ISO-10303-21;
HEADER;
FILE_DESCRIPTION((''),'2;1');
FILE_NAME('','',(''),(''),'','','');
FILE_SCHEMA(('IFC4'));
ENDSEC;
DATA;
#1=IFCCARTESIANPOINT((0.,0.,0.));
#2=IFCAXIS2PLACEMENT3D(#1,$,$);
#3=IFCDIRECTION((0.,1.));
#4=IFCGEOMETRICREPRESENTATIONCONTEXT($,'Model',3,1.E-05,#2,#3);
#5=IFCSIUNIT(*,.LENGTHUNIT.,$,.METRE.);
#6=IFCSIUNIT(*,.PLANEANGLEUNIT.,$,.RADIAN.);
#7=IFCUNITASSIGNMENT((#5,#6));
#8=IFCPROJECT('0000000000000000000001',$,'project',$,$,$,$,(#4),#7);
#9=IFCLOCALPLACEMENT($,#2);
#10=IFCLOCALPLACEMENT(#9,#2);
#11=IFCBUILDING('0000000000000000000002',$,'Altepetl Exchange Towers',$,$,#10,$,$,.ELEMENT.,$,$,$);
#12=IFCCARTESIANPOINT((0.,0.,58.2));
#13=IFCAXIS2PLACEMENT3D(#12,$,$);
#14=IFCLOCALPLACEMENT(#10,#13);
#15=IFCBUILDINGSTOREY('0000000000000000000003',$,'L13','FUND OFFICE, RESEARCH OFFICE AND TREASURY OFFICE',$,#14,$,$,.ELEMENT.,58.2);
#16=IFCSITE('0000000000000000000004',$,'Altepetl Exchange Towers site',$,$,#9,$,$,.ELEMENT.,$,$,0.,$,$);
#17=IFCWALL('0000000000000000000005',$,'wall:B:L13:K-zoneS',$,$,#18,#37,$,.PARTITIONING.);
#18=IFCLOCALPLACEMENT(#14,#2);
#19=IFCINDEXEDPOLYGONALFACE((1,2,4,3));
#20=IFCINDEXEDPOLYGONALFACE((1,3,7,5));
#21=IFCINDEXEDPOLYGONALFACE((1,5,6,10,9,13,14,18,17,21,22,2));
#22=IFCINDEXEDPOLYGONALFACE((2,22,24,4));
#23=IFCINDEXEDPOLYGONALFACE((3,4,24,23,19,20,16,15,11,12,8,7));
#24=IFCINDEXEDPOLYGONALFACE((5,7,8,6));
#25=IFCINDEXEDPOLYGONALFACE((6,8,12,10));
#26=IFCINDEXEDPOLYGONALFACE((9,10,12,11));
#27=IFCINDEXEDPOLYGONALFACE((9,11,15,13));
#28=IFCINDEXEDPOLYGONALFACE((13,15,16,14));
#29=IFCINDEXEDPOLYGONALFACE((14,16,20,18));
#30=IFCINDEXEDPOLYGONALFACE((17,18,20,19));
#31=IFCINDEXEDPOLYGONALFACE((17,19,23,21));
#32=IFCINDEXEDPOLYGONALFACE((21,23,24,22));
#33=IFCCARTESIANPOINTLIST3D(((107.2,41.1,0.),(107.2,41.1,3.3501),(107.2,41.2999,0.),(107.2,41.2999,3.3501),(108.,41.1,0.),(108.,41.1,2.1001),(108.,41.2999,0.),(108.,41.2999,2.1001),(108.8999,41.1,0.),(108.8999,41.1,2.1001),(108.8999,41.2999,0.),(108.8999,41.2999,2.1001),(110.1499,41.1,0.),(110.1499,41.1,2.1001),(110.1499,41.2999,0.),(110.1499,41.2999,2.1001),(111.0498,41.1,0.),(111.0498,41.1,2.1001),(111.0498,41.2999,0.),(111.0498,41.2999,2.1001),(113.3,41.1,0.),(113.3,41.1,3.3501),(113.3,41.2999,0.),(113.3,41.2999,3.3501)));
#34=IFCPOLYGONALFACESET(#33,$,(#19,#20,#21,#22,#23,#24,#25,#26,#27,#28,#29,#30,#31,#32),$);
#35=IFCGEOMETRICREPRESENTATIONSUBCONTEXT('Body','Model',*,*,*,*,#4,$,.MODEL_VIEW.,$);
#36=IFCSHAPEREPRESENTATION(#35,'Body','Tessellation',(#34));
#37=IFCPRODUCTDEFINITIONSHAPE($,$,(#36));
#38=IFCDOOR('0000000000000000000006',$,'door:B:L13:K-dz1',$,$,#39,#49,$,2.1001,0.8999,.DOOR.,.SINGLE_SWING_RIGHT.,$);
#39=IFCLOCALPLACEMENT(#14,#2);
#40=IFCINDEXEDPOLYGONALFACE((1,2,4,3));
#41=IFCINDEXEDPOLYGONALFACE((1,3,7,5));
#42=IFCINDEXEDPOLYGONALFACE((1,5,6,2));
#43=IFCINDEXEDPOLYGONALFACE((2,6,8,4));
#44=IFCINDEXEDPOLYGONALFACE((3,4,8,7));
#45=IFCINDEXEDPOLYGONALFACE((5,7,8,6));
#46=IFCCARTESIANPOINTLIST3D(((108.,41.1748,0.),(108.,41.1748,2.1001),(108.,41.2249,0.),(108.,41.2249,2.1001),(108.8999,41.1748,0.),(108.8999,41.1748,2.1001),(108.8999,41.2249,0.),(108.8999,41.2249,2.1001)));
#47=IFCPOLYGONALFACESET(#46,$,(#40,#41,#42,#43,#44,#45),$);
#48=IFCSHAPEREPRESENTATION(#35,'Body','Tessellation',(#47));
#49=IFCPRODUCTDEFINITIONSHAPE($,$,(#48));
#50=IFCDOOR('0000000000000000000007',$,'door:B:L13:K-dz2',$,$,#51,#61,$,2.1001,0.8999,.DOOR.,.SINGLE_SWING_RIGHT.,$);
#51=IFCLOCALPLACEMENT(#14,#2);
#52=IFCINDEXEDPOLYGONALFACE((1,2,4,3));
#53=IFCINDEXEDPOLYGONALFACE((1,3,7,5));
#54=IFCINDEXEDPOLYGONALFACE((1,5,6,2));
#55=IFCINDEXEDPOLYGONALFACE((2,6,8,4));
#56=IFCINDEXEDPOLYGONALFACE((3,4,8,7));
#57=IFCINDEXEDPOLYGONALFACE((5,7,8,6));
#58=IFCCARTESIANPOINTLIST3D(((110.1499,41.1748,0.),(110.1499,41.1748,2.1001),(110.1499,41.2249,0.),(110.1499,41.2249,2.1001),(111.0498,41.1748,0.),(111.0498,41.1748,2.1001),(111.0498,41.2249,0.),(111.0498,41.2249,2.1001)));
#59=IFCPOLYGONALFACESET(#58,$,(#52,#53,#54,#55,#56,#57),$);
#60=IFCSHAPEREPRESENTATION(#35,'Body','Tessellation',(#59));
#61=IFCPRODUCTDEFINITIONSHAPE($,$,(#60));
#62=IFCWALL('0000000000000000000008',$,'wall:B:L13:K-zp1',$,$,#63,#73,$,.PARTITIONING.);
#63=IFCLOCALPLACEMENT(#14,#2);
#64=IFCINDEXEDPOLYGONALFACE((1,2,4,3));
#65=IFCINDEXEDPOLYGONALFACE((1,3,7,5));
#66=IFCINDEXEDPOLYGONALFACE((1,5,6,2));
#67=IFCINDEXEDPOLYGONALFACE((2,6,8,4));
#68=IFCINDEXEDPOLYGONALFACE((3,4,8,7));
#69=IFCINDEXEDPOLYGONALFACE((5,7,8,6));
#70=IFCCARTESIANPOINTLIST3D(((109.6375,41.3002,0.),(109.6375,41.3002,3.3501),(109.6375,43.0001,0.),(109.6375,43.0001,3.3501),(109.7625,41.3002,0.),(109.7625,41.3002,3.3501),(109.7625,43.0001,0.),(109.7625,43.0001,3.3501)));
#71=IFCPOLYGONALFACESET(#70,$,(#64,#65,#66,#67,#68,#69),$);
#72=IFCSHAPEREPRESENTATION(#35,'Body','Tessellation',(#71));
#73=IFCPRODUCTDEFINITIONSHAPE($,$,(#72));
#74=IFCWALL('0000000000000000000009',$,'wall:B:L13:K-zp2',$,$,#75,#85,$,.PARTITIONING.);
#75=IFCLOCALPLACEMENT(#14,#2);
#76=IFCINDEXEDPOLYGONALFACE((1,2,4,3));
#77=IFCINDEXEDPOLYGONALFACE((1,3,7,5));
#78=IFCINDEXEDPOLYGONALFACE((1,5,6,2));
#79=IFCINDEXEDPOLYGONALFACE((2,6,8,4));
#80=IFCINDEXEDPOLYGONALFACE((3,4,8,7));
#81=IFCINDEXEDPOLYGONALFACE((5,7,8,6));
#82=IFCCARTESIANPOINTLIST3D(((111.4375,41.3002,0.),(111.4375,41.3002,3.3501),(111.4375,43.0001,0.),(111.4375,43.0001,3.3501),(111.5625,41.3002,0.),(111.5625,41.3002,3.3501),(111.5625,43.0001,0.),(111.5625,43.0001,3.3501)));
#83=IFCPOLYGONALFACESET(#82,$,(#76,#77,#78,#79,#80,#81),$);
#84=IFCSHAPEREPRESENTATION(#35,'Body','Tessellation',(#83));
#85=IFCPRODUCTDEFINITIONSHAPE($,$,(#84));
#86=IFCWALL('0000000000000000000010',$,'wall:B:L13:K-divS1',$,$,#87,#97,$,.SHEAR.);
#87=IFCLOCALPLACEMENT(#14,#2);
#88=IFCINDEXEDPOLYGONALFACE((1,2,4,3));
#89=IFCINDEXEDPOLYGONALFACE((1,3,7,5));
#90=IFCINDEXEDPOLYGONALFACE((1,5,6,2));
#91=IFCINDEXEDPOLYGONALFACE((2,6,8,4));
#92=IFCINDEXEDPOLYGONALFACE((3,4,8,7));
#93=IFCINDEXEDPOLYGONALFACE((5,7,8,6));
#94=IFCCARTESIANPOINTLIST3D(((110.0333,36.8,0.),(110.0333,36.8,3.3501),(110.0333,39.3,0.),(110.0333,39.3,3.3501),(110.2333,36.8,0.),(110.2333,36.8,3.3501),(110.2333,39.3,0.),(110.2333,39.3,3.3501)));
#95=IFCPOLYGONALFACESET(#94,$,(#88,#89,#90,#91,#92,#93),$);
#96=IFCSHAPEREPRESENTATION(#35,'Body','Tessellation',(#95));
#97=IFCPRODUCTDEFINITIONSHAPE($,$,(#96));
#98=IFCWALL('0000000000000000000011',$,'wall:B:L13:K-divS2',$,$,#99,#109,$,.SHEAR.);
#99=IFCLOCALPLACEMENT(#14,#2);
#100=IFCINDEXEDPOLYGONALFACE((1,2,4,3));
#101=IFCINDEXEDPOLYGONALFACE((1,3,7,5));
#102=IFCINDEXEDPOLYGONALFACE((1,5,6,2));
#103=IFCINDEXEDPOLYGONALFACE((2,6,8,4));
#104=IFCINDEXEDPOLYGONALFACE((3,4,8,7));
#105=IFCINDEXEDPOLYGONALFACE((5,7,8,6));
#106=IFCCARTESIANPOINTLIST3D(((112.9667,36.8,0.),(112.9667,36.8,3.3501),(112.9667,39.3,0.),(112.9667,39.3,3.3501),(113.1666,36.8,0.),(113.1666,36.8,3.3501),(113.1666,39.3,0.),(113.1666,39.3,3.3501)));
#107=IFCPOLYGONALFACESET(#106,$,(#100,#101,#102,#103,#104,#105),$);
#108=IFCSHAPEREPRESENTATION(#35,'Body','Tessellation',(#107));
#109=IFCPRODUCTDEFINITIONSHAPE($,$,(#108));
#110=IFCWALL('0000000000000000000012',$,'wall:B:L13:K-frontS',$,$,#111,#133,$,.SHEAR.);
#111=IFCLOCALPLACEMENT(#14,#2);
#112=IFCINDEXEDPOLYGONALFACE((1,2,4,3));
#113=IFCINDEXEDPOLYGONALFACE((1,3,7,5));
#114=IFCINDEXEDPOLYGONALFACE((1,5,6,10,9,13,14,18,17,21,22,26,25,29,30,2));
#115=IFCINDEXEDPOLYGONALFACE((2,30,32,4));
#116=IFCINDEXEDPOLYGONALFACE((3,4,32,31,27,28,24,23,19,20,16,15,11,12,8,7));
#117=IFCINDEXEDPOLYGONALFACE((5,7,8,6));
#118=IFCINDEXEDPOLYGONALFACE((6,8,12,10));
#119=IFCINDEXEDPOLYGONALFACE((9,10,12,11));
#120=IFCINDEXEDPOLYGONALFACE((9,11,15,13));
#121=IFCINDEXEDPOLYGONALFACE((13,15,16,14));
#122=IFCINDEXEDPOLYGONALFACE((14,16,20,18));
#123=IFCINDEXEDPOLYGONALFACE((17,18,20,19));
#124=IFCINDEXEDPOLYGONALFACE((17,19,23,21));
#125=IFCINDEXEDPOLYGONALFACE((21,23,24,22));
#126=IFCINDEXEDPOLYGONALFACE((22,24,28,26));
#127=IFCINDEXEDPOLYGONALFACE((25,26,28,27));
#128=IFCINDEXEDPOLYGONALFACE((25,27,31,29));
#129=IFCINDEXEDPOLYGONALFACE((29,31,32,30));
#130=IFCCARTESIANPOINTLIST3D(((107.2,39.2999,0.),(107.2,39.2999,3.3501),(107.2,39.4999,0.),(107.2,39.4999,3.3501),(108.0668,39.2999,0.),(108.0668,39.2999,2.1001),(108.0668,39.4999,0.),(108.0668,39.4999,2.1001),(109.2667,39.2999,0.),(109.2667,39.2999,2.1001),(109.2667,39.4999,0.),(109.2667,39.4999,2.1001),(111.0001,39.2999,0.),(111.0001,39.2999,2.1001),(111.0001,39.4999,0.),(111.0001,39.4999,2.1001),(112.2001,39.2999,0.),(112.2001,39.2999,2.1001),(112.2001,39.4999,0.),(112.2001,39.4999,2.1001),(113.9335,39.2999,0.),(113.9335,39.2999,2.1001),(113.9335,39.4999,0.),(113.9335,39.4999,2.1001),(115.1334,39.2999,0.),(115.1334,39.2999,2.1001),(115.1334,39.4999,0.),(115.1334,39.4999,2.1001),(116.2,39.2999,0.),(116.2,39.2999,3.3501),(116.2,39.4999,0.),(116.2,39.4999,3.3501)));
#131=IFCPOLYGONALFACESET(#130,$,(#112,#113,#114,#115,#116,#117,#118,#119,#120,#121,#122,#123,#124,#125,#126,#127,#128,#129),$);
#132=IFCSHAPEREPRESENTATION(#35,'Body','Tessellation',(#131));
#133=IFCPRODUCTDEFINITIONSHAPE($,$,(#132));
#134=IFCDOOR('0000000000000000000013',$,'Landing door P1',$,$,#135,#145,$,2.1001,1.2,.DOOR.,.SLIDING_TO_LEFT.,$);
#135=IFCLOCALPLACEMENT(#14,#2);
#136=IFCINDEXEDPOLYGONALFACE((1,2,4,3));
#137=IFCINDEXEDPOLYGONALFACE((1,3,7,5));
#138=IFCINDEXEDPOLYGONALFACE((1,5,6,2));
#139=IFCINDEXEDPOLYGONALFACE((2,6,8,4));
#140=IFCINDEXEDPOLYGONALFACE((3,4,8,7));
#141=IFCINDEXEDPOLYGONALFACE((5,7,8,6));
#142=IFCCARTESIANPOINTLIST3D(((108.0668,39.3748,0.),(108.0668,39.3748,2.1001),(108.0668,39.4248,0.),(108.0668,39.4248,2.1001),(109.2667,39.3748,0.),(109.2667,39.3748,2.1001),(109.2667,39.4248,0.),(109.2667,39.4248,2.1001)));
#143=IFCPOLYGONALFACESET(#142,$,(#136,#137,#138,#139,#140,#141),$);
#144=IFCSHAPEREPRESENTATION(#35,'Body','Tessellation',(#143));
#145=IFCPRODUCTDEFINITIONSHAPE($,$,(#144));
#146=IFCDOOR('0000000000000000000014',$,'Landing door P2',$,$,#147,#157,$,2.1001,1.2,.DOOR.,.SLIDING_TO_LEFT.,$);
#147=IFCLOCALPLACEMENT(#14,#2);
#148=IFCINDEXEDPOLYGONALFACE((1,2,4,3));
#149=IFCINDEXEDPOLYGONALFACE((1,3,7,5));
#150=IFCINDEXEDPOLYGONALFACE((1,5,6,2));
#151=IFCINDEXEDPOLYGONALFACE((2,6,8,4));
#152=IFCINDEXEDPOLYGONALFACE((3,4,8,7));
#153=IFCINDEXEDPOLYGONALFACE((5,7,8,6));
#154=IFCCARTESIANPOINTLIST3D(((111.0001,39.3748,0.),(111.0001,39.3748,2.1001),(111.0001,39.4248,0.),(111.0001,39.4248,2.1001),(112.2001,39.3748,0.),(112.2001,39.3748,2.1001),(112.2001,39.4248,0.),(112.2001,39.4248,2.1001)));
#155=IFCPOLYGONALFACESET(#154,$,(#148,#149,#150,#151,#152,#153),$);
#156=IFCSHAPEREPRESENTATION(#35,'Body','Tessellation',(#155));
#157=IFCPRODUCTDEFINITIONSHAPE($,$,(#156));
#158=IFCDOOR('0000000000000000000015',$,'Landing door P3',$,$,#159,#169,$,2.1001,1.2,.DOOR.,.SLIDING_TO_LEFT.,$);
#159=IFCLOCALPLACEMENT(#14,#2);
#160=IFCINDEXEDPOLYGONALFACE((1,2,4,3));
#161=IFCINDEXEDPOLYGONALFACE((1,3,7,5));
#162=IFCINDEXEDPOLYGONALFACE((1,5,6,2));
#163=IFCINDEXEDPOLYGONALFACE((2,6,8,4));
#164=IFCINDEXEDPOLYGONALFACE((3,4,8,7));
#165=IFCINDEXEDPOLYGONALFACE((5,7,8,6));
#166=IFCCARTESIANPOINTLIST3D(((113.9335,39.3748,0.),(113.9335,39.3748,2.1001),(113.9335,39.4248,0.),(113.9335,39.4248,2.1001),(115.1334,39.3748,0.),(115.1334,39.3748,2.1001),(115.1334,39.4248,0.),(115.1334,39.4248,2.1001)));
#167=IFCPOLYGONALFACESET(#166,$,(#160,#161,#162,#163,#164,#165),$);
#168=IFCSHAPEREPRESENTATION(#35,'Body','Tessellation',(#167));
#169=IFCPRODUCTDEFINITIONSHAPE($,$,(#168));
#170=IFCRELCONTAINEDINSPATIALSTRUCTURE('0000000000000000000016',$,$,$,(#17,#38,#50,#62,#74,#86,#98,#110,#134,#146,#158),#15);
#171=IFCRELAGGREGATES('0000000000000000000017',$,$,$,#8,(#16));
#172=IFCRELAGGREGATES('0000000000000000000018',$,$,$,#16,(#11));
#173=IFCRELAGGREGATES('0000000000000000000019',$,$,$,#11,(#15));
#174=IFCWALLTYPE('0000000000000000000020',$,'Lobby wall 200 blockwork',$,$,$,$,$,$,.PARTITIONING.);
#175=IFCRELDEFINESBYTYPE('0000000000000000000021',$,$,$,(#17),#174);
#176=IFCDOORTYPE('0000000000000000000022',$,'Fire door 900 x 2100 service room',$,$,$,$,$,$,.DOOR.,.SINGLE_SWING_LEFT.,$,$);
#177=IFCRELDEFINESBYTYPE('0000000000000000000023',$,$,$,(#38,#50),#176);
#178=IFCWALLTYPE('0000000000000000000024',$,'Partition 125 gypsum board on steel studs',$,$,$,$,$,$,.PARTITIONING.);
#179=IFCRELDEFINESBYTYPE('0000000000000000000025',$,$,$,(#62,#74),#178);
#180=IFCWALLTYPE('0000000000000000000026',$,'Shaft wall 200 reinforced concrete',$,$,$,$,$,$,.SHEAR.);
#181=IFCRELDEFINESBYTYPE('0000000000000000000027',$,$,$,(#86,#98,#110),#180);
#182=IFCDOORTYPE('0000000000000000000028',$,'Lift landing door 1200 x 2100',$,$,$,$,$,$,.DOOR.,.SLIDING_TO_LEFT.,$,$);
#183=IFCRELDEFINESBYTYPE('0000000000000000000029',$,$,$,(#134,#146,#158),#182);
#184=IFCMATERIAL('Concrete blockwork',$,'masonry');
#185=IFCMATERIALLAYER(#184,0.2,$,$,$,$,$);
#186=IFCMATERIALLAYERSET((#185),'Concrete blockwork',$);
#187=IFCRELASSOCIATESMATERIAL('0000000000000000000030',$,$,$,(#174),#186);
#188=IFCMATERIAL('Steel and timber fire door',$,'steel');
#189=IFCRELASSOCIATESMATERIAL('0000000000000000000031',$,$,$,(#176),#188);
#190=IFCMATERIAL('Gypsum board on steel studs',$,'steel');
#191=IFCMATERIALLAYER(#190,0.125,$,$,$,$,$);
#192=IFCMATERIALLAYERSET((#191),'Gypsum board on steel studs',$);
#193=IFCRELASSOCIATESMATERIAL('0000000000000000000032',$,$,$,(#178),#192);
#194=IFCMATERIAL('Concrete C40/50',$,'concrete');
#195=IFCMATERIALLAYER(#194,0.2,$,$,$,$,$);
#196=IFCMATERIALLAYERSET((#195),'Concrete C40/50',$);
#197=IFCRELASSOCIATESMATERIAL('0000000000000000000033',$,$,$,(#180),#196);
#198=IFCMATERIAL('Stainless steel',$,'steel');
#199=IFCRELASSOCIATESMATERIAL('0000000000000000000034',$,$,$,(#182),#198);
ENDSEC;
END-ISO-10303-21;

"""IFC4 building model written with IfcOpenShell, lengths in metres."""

from ifc_helpers import new_model, si_unit, direction, frame, frame_2d, origin, place, context, subcontext, project, spatial, rectangle, extrude, material, layer, layer_set, type_object, element, fill, save


model = new_model("IFC4")

# Units and contexts
model_context = context("Model", 3, precision=1e-05, world=origin(), true_north=direction((0.0, 1.0)))
body_context = subcontext(model_context, "Body", "Model", "MODEL_VIEW")
ifc_project = project(units=[si_unit("LENGTHUNIT", "METRE"), si_unit("PLANEANGLEUNIT", "RADIAN")], contexts=[model_context])

# Site, building, storey
site_placement = place(None, origin())
site = spatial("IfcSite", under=ifc_project, at=site_placement, Name="Altepetl Exchange Towers site", CompositionType="ELEMENT", RefElevation=0.0)
building_placement = place(site_placement, origin())
building = spatial("IfcBuilding", under=site, at=building_placement, Name="Altepetl Exchange Towers", CompositionType="ELEMENT")
storey_placement = place(building_placement, frame((0.0, 0.0, 58.2)))
storey = spatial("IfcBuildingStorey", under=building, at=storey_placement, Name="L13", Description="FUND OFFICE, RESEARCH OFFICE AND TREASURY OFFICE", CompositionType="ELEMENT", Elevation=58.2)

# Shared definitions
ifc_material_1 = material(Name="Steel and timber fire door", Category="steel")

# Wall, openings, doors
ifc_material_2 = material(Name="Concrete blockwork", Category="masonry")
ifc_layer_1 = layer(ifc_material_2, 0.2)
ifc_layer_set_1 = layer_set([ifc_layer_1], Name="Concrete blockwork")
wall_type_1 = type_object("IfcWallType", Name="Lobby wall 200 blockwork", PredefinedType="PARTITIONING", material=ifc_layer_set_1)
wall_1_placement = place(storey_placement, frame((107.2, 41.2, 0.0)))
wall_1 = element("IfcWall", 1, at=wall_1_placement, inside=storey, type_object=wall_type_1, Name="wall:B:L13:K-zoneS", PredefinedType="PARTITIONING", context=body_context, shape_type="SweptSolid", body=[
    extrude(rectangle(XDim=6.1001, YDim=0.2, at=frame_2d((3.05, 0.0))), origin(), (0.0, 0.0, 1.0), 3.3501),
])
opening_1_placement = place(wall_1_placement, frame((0.8, 0.0, 0.0)))
opening_1 = element("IfcOpeningElement", 2, at=opening_1_placement, cuts=wall_1, PredefinedType="OPENING", context=body_context, shape_type="SweptSolid", body=[
    extrude(rectangle(XDim=0.8999, YDim=2.1001, at=frame_2d((0.45, 1.05))), frame((0.0, 0.1099, 0.0), z_axis=(0.0, -1.0, 0.0), x_axis=(1.0, 0.0, 0.0)), (0.0, 0.0, 1.0), 0.22),
])
opening_2_placement = place(wall_1_placement, frame((2.95, 0.0, 0.0)))
opening_2 = element("IfcOpeningElement", 3, at=opening_2_placement, cuts=wall_1, PredefinedType="OPENING", context=body_context, shape_type="SweptSolid", body=[
    extrude(rectangle(XDim=0.8999, YDim=2.1001, at=frame_2d((0.45, 1.05))), frame((0.0, 0.1099, 0.0), z_axis=(0.0, -1.0, 0.0), x_axis=(1.0, 0.0, 0.0)), (0.0, 0.0, 1.0), 0.22),
])
door_type_1 = type_object("IfcDoorType", Name="Fire door 900 x 2100 service room", OperationType="SINGLE_SWING_LEFT", PredefinedType="DOOR", material=ifc_material_1)
door_1_placement = place(opening_1_placement, origin())
door_1 = element("IfcDoor", 4, at=door_1_placement, inside=storey, type_object=door_type_1, Name="door:B:L13:K-dz1", OperationType="SINGLE_SWING_RIGHT", OverallHeight=2.1001, OverallWidth=0.8999, PredefinedType="DOOR", context=body_context, shape_type="SweptSolid", body=[
    extrude(rectangle(XDim=0.8999, YDim=2.1001, at=frame_2d((0.45, 1.05))), frame((0.0, 0.0249, 0.0), z_axis=(0.0, -1.0, 0.0), x_axis=(1.0, 0.0, 0.0)), (0.0, 0.0, 1.0), 0.05),
])
fill(opening_1, door_1)
door_2_placement = place(opening_2_placement, origin())
door_2 = element("IfcDoor", 5, at=door_2_placement, inside=storey, type_object=door_type_1, Name="door:B:L13:K-dz2", OperationType="SINGLE_SWING_RIGHT", OverallHeight=2.1001, OverallWidth=0.8999, PredefinedType="DOOR", context=body_context, shape_type="SweptSolid", body=[
    extrude(rectangle(XDim=0.8999, YDim=2.1001, at=frame_2d((0.45, 1.05))), frame((0.0, 0.0249, 0.0), z_axis=(0.0, -1.0, 0.0), x_axis=(1.0, 0.0, 0.0)), (0.0, 0.0, 1.0), 0.05),
])
fill(opening_2, door_2)

# Walls
ifc_material_3 = material(Name="Gypsum board on steel studs", Category="steel")
ifc_layer_2 = layer(ifc_material_3, 0.125)
ifc_layer_set_2 = layer_set([ifc_layer_2], Name="Gypsum board on steel studs")
wall_type_2 = type_object("IfcWallType", Name="Partition 125 gypsum board on steel studs", PredefinedType="PARTITIONING", material=ifc_layer_set_2)
for number, where, z_axis, x_axis, name in (
    (6, (109.7, 41.3, 0.0), (0.0, 0.0, 1.0), (0.0, 1.0, 0.0), "wall:B:L13:K-zp1"),
    (7, (111.5, 41.3, 0.0), (0.0, 0.0, 1.0), (0.0, 1.0, 0.0), "wall:B:L13:K-zp2"),
):
    element("IfcWall", number, at=place(storey_placement, frame(where, z_axis=z_axis, x_axis=x_axis)), inside=storey, type_object=wall_type_2, Name=name, PredefinedType="PARTITIONING", context=body_context, shape_type="SweptSolid", body=[
        extrude(rectangle(XDim=1.7, YDim=0.125, at=frame_2d((0.8501, 0.0))), origin(), (0.0, 0.0, 1.0), 3.3501),
    ])
ifc_material_4 = material(Name="Concrete C40/50", Category="concrete")
ifc_layer_3 = layer(ifc_material_4, 0.2)
ifc_layer_set_3 = layer_set([ifc_layer_3], Name="Concrete C40/50")
wall_type_3 = type_object("IfcWallType", Name="Shaft wall 200 reinforced concrete", PredefinedType="SHEAR", material=ifc_layer_set_3)
for number, where, z_axis, x_axis, name in (
    (8, (110.1333, 36.8, 0.0), (0.0, 0.0, 1.0), (0.0, 1.0, 0.0), "wall:B:L13:K-divS1"),
    (9, (113.0667, 36.8, 0.0), (0.0, 0.0, 1.0), (0.0, 1.0, 0.0), "wall:B:L13:K-divS2"),
):
    element("IfcWall", number, at=place(storey_placement, frame(where, z_axis=z_axis, x_axis=x_axis)), inside=storey, type_object=wall_type_3, Name=name, PredefinedType="SHEAR", context=body_context, shape_type="SweptSolid", body=[
        extrude(rectangle(XDim=2.5, YDim=0.2, at=frame_2d((1.25, 0.0))), origin(), (0.0, 0.0, 1.0), 3.3501),
    ])

# Wall, openings, doors
wall_2_placement = place(storey_placement, frame((107.2, 39.3999, 0.0)))
wall_2 = element("IfcWall", 10, at=wall_2_placement, inside=storey, type_object=wall_type_3, Name="wall:B:L13:K-frontS", PredefinedType="SHEAR", context=body_context, shape_type="SweptSolid", body=[
    extrude(rectangle(XDim=9.0, YDim=0.2, at=frame_2d((4.5, 0.0))), origin(), (0.0, 0.0, 1.0), 3.3501),
])
opening_3_placement = place(wall_2_placement, frame((0.8667, 0.0, 0.0)))
opening_3 = element("IfcOpeningElement", 11, at=opening_3_placement, cuts=wall_2, PredefinedType="OPENING", context=body_context, shape_type="SweptSolid", body=[
    extrude(rectangle(XDim=1.2, YDim=2.1001, at=frame_2d((0.6001, 1.05))), frame((0.0, 0.1099, 0.0), z_axis=(0.0, -1.0, 0.0), x_axis=(1.0, 0.0, 0.0)), (0.0, 0.0, 1.0), 0.22),
])
opening_4_placement = place(wall_2_placement, frame((3.8, 0.0, 0.0)))
opening_4 = element("IfcOpeningElement", 12, at=opening_4_placement, cuts=wall_2, PredefinedType="OPENING", context=body_context, shape_type="SweptSolid", body=[
    extrude(rectangle(XDim=1.2, YDim=2.1001, at=frame_2d((0.6001, 1.05))), frame((0.0, 0.1099, 0.0), z_axis=(0.0, -1.0, 0.0), x_axis=(1.0, 0.0, 0.0)), (0.0, 0.0, 1.0), 0.22),
])
opening_5_placement = place(wall_2_placement, frame((6.7334, 0.0, 0.0)))
opening_5 = element("IfcOpeningElement", 13, at=opening_5_placement, cuts=wall_2, PredefinedType="OPENING", context=body_context, shape_type="SweptSolid", body=[
    extrude(rectangle(XDim=1.2, YDim=2.1001, at=frame_2d((0.6001, 1.05))), frame((0.0, 0.1099, 0.0), z_axis=(0.0, -1.0, 0.0), x_axis=(1.0, 0.0, 0.0)), (0.0, 0.0, 1.0), 0.22),
])
ifc_material_5 = material(Name="Stainless steel", Category="steel")
door_type_2 = type_object("IfcDoorType", Name="Lift landing door 1200 x 2100", OperationType="SLIDING_TO_LEFT", PredefinedType="DOOR", material=ifc_material_5)
door_3_placement = place(opening_3_placement, origin())
door_3 = element("IfcDoor", 14, at=door_3_placement, inside=storey, type_object=door_type_2, Name="Landing door P1", OperationType="SLIDING_TO_LEFT", OverallHeight=2.1001, OverallWidth=1.2, PredefinedType="DOOR", context=body_context, shape_type="SweptSolid", body=[
    extrude(rectangle(XDim=1.2, YDim=2.1001, at=frame_2d((0.6001, 1.05))), frame((0.0, 0.0249, 0.0), z_axis=(0.0, -1.0, 0.0), x_axis=(1.0, 0.0, 0.0)), (0.0, 0.0, 1.0), 0.05),
])
fill(opening_3, door_3)
door_4_placement = place(opening_4_placement, origin())
door_4 = element("IfcDoor", 15, at=door_4_placement, inside=storey, type_object=door_type_2, Name="Landing door P2", OperationType="SLIDING_TO_LEFT", OverallHeight=2.1001, OverallWidth=1.2, PredefinedType="DOOR", context=body_context, shape_type="SweptSolid", body=[
    extrude(rectangle(XDim=1.2, YDim=2.1001, at=frame_2d((0.6001, 1.05))), frame((0.0, 0.0249, 0.0), z_axis=(0.0, -1.0, 0.0), x_axis=(1.0, 0.0, 0.0)), (0.0, 0.0, 1.0), 0.05),
])
fill(opening_4, door_4)
door_5_placement = place(opening_5_placement, origin())
door_5 = element("IfcDoor", 16, at=door_5_placement, inside=storey, type_object=door_type_2, Name="Landing door P3", OperationType="SLIDING_TO_LEFT", OverallHeight=2.1001, OverallWidth=1.2, PredefinedType="DOOR", context=body_context, shape_type="SweptSolid", body=[
    extrude(rectangle(XDim=1.2, YDim=2.1001, at=frame_2d((0.6001, 1.05))), frame((0.0, 0.0249, 0.0), z_axis=(0.0, -1.0, 0.0), x_axis=(1.0, 0.0, 0.0)), (0.0, 0.0, 1.0), 0.05),
])
fill(opening_5, door_5)

save(model, "model.ifc")
